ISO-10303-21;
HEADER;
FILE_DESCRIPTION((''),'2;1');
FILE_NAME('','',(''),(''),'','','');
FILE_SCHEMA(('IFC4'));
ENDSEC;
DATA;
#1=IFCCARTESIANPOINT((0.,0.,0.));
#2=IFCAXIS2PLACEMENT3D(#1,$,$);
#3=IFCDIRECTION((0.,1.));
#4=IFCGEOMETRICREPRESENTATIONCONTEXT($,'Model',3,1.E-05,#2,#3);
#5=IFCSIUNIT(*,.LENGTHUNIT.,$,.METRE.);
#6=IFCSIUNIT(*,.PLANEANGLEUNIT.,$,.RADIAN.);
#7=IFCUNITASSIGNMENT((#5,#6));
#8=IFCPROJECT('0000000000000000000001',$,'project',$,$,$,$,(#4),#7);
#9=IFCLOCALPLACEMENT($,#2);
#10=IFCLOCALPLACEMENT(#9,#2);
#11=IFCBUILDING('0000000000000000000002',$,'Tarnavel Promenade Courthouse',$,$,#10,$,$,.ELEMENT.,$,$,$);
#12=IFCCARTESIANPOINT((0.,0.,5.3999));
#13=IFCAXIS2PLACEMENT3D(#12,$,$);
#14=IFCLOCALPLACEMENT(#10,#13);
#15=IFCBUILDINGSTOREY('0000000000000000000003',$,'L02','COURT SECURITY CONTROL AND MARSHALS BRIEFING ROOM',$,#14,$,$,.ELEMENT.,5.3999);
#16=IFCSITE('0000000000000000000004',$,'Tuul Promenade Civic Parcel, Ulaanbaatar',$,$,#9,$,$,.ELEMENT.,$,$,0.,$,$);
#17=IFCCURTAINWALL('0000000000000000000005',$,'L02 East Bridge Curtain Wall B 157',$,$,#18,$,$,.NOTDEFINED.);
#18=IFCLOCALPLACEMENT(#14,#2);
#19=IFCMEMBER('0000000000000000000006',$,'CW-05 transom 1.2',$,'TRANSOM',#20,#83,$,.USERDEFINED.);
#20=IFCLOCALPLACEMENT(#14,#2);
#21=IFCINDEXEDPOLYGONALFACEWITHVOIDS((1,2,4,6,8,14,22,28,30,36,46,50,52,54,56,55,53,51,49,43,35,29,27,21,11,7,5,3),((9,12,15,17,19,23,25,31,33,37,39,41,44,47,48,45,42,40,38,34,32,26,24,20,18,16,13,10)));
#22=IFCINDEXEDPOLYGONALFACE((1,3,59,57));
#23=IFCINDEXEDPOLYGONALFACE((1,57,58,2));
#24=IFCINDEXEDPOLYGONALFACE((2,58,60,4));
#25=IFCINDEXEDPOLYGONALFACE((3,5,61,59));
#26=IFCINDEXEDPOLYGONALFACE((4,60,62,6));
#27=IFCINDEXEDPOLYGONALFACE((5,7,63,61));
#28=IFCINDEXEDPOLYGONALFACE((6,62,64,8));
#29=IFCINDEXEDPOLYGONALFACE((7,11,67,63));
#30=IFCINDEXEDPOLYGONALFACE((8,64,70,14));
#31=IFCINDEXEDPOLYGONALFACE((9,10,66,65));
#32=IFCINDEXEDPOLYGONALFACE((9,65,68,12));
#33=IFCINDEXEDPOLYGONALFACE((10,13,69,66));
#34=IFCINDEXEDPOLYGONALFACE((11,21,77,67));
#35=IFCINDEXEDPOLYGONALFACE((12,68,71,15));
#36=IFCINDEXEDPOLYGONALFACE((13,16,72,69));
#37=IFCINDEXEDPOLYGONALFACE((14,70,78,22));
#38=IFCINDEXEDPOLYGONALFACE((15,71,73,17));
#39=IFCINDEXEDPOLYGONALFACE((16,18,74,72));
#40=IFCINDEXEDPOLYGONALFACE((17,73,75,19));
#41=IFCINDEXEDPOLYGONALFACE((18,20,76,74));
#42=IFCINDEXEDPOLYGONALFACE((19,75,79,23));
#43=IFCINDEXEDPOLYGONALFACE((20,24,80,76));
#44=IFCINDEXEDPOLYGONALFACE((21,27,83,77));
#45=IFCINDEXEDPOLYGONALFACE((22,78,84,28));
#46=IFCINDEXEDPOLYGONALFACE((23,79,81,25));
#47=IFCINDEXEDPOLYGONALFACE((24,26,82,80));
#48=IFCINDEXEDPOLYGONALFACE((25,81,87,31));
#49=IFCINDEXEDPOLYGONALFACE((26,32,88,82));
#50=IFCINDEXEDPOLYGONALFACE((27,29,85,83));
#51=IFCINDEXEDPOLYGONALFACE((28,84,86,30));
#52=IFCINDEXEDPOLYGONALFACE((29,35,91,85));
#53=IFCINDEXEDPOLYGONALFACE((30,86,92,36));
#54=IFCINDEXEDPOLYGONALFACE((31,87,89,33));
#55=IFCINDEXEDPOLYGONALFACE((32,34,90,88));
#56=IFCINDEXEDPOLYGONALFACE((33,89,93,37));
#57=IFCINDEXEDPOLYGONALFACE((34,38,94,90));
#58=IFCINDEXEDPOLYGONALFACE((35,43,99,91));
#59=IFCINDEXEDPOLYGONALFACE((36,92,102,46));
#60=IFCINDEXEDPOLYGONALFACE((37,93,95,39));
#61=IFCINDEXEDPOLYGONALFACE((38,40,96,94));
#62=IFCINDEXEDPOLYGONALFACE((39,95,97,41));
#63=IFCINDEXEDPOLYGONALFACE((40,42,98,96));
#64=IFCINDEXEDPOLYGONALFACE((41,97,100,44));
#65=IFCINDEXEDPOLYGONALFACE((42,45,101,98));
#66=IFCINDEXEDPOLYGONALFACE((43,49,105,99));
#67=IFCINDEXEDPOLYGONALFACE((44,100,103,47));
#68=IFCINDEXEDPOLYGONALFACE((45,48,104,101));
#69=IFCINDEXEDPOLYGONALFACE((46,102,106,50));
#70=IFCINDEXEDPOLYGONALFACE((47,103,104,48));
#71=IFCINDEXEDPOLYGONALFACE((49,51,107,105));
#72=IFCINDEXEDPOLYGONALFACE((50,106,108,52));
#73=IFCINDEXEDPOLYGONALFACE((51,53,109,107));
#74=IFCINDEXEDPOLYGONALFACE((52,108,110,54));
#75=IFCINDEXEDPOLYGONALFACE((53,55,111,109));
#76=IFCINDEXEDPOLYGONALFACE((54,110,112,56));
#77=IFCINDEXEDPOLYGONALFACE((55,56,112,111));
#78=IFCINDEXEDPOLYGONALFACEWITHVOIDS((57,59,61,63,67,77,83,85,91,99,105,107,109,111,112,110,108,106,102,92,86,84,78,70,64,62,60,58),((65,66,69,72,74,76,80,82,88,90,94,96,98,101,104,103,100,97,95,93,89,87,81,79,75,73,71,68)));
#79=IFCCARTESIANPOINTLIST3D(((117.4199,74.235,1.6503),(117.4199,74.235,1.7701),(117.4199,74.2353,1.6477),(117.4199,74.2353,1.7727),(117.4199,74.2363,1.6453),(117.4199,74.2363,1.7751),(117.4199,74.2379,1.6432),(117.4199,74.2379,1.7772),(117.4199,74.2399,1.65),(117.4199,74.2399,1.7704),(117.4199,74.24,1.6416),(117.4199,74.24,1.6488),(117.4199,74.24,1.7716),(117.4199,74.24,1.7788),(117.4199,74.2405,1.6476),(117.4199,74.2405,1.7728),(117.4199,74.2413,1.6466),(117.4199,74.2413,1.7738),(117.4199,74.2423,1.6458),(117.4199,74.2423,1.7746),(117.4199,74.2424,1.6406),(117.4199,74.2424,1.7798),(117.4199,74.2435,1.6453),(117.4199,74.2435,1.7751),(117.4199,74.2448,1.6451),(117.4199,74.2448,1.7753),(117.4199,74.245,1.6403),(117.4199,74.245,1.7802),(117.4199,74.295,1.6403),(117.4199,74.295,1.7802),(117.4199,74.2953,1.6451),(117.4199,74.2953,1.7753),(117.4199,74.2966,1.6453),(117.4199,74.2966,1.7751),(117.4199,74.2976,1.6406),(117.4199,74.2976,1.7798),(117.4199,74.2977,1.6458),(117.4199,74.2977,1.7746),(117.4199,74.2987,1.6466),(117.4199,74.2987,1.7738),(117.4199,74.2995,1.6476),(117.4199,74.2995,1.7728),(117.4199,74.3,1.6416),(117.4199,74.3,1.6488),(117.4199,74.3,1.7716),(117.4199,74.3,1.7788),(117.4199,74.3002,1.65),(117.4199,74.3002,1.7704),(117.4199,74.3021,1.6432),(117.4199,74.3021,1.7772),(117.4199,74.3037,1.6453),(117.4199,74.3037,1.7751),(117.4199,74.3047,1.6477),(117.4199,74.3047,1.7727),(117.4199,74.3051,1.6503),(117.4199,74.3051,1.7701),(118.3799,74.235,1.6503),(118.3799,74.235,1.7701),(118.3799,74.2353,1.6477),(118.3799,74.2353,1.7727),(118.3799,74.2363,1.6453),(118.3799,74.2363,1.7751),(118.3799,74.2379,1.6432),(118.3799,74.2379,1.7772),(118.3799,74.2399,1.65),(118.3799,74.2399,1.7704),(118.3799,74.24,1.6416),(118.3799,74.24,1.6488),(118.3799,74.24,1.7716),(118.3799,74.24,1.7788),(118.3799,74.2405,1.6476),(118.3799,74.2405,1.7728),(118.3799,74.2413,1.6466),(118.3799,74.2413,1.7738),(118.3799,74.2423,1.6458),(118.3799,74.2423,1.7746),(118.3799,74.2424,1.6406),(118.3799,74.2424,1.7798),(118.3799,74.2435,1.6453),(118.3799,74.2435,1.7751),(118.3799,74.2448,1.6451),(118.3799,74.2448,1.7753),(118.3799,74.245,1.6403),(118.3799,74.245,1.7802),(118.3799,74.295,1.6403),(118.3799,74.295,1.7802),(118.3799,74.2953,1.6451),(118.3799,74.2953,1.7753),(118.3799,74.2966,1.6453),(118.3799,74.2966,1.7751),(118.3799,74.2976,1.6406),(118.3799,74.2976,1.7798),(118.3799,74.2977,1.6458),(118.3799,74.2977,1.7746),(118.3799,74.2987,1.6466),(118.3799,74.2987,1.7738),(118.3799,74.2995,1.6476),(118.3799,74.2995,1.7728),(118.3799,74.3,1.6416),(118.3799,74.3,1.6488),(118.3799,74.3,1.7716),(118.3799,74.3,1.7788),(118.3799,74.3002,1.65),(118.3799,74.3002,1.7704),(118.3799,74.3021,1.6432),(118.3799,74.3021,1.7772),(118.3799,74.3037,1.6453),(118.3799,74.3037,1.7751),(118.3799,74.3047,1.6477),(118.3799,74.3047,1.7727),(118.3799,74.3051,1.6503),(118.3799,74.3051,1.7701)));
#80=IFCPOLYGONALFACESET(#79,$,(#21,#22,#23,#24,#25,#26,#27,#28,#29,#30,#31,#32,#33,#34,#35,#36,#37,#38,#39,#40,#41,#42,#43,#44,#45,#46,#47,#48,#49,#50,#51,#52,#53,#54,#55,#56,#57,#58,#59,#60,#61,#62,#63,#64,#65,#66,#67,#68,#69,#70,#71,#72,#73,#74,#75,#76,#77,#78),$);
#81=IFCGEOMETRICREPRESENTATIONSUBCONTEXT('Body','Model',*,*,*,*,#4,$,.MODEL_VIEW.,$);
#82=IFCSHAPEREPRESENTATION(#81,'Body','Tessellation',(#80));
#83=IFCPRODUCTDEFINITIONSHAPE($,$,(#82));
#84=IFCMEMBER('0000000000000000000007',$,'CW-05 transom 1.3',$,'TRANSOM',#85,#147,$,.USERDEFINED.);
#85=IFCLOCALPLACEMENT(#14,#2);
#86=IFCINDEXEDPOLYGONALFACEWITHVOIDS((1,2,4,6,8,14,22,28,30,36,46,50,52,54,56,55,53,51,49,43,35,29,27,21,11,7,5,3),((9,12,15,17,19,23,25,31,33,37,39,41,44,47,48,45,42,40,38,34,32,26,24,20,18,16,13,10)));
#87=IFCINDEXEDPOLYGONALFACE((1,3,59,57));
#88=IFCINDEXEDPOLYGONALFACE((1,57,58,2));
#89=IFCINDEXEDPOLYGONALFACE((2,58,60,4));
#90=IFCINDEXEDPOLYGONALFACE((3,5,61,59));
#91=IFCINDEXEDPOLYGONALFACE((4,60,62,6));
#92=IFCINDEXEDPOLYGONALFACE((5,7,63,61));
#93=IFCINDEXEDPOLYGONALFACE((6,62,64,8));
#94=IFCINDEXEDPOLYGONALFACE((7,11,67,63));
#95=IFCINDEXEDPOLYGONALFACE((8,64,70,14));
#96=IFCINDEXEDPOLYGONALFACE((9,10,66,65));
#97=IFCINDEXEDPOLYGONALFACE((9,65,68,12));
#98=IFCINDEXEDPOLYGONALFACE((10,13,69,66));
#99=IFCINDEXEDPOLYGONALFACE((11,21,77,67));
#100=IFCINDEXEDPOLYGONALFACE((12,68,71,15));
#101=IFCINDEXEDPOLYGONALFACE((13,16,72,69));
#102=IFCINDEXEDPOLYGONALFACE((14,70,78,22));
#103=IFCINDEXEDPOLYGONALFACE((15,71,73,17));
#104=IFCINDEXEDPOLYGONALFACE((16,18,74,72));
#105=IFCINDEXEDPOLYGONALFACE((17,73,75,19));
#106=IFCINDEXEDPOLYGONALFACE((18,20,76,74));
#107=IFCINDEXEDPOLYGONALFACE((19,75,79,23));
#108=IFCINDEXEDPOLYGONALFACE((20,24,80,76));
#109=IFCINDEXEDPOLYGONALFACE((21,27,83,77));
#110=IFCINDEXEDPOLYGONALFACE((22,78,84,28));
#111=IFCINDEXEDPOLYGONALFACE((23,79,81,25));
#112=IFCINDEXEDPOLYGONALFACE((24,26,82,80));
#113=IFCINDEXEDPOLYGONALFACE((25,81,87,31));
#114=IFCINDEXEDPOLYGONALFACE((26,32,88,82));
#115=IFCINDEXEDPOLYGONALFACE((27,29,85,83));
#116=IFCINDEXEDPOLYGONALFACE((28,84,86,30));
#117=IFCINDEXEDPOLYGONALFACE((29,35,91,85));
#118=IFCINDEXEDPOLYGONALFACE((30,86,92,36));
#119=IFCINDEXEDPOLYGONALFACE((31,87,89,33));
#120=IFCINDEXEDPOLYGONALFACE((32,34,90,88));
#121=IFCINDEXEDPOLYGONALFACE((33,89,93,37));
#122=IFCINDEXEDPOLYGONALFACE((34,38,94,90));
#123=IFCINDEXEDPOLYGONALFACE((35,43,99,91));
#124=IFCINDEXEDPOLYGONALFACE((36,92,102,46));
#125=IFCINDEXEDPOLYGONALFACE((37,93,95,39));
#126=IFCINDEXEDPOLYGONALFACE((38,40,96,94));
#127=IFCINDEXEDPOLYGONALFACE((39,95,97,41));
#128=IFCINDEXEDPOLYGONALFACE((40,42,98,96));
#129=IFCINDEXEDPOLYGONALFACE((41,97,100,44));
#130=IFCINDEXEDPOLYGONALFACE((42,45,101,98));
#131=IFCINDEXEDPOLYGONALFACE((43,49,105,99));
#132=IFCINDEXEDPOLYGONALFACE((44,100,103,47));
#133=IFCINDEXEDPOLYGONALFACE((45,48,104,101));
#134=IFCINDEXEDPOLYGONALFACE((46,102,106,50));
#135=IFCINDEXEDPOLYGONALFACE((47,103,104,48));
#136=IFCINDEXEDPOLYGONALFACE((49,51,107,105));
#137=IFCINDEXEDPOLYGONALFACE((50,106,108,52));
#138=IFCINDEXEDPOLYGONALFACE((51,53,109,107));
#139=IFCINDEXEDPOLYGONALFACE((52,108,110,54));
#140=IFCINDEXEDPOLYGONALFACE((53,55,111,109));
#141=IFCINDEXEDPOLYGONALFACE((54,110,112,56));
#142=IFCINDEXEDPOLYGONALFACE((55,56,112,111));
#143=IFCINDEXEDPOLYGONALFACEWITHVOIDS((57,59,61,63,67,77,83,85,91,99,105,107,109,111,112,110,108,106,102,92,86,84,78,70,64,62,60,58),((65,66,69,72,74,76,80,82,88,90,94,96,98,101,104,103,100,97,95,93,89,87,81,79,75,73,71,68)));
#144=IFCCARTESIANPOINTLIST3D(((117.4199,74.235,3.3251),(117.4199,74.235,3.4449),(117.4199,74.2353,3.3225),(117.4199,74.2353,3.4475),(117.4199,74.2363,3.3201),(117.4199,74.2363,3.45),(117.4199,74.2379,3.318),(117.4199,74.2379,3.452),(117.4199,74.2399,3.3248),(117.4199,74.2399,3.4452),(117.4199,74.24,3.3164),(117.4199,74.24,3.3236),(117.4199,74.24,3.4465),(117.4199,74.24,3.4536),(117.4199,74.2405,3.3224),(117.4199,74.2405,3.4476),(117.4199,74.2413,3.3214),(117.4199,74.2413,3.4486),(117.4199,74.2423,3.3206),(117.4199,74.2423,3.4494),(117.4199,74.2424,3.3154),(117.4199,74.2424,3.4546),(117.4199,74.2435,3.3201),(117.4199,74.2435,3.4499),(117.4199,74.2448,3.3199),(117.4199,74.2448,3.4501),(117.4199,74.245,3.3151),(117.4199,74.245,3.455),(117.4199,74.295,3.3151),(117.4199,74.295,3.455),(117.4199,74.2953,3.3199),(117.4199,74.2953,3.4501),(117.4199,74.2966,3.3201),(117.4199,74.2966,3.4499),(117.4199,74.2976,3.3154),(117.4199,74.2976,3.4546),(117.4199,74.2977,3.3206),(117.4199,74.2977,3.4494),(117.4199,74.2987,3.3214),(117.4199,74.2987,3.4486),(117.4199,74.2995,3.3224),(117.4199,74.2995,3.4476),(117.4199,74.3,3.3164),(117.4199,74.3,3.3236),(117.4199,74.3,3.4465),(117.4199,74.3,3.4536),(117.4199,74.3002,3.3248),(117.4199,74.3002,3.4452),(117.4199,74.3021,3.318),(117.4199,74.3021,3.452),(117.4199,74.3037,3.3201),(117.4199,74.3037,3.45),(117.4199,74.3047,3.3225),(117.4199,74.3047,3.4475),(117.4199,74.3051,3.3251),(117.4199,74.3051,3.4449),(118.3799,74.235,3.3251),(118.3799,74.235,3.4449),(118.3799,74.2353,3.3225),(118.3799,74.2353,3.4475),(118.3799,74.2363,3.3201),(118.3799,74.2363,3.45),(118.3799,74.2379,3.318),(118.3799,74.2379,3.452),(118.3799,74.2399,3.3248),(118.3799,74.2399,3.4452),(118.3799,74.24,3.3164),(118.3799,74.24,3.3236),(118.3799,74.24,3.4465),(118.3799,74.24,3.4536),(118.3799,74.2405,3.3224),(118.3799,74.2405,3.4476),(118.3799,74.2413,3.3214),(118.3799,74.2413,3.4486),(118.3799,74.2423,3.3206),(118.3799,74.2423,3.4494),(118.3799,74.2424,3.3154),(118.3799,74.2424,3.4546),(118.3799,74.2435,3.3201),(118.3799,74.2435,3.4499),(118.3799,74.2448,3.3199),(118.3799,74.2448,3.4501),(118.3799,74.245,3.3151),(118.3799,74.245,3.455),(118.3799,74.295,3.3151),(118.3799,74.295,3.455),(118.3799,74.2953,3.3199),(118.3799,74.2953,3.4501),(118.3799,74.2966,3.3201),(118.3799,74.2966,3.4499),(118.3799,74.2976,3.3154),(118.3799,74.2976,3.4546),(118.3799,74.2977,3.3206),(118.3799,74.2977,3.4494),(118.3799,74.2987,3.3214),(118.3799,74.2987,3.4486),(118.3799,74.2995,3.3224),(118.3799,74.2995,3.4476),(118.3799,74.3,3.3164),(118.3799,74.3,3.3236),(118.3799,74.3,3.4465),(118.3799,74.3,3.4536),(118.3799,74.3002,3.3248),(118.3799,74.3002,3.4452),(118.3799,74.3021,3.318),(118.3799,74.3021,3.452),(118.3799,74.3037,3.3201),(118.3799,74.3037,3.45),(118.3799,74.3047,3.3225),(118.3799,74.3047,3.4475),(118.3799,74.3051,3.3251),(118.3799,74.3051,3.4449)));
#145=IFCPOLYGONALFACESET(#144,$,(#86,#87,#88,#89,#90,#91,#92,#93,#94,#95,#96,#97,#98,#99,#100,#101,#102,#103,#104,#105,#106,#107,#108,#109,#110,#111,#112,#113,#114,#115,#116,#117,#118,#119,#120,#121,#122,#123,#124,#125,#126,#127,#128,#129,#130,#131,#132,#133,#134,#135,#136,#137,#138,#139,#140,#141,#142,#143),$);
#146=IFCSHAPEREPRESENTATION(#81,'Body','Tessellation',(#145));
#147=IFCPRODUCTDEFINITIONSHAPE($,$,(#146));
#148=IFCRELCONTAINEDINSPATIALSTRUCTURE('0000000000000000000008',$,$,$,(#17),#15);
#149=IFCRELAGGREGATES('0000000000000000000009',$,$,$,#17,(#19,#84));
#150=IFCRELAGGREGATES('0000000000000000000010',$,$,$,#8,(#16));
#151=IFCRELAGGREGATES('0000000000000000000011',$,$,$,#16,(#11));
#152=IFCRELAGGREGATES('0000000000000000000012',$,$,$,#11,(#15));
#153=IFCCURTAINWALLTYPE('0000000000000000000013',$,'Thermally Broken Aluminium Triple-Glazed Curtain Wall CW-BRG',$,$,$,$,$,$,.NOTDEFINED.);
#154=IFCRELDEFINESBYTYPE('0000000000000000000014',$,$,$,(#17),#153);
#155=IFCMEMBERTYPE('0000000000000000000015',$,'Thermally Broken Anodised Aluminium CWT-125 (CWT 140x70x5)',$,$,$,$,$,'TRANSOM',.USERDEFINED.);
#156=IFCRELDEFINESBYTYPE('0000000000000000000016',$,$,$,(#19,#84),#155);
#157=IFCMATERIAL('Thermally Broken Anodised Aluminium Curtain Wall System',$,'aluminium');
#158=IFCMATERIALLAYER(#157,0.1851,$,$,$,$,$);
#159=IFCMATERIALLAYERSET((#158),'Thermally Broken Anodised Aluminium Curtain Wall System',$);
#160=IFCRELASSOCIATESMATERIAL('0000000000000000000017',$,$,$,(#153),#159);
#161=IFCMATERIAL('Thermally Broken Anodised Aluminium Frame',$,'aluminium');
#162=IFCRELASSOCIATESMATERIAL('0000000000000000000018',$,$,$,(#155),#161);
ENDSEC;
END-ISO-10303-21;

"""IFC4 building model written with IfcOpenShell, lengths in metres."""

from ifc_helpers import new_model, si_unit, direction, frame, origin, origin_2d, place, context, subcontext, project, spatial, hollow_rectangle, extrude, material, layer, layer_set, material_profile, profile_set, type_object, element, aggregate, save


model = new_model("IFC4")

# Units and contexts
model_context = context("Model", 3, precision=1e-05, world=origin(), true_north=direction((0.0, 1.0)))
body_context = subcontext(model_context, "Body", "Model", "MODEL_VIEW")
ifc_project = project(units=[si_unit("LENGTHUNIT", "METRE"), si_unit("PLANEANGLEUNIT", "RADIAN")], contexts=[model_context])

# Site, building, storey
site_placement = place(None, origin())
site = spatial("IfcSite", under=ifc_project, at=site_placement, Name="Tuul Promenade Civic Parcel, Ulaanbaatar", CompositionType="ELEMENT", RefElevation=0.0)
building_placement = place(site_placement, origin())
building = spatial("IfcBuilding", under=site, at=building_placement, Name="Tarnavel Promenade Courthouse", CompositionType="ELEMENT")
storey_placement = place(building_placement, frame((0.0, 0.0, 5.3999)))
storey = spatial("IfcBuildingStorey", under=building, at=storey_placement, Name="L02", Description="COURT SECURITY CONTROL AND MARSHALS BRIEFING ROOM", CompositionType="ELEMENT", Elevation=5.3999)

# Shared definitions
ifc_material_1 = material(Name="Thermally Broken Anodised Aluminium Curtain Wall System", Category="aluminium")
ifc_layer_1 = layer(ifc_material_1, 0.1851)
ifc_layer_set_1 = layer_set([ifc_layer_1], Name="Thermally Broken Anodised Aluminium Curtain Wall System")
curtain_wall_type = type_object("IfcCurtainWallType", Name="Thermally Broken Aluminium Triple-Glazed Curtain Wall CW-BRG", PredefinedType="NOTDEFINED", material=ifc_layer_set_1)
ifc_material_2 = material(Name="Thermally Broken Anodised Aluminium Frame", Category="aluminium")

# Curtain wall, members
curtain_wall_1_placement = place(storey_placement, origin())
curtain_wall_1 = element("IfcCurtainWall", 1, at=curtain_wall_1_placement, inside=storey, type_object=curtain_wall_type, Name="L02 East Bridge Curtain Wall B 157", PredefinedType="NOTDEFINED")
ifc_material_profile_1 = material_profile(ifc_material_2, hollow_rectangle(XDim=0.0701, YDim=0.1399, WallThickness=0.0049, InnerFilletRadius=0.0049, OuterFilletRadius=0.01, at=origin_2d()), Name="CWT 140x70x5")
ifc_profile_set_1 = profile_set([ifc_material_profile_1], Name="Thermally Broken Anodised Aluminium Frame")
member_type_1 = type_object("IfcMemberType", Name="Thermally Broken Anodised Aluminium CWT-125 (CWT 140x70x5)", ElementType="TRANSOM", PredefinedType="USERDEFINED", material=ifc_profile_set_1)
member_1_placement = place(storey_placement, frame((117.4199, 74.27, 1.7102), z_axis=(1.0, 0.0, 0.0), x_axis=(0.0, 1.0, 0.0)))
member_1 = element("IfcMember", 2, at=member_1_placement, type_object=member_type_1, Name="CW-05 transom 1.2", ObjectType="TRANSOM", PredefinedType="USERDEFINED", context=body_context, shape_type="SweptSolid", body=[
    extrude(hollow_rectangle(XDim=0.0701, YDim=0.1399, WallThickness=0.0049, InnerFilletRadius=0.0049, OuterFilletRadius=0.01, at=origin_2d()), origin(), (0.0, 0.0, 1.0), 0.96),
])
member_2_placement = place(storey_placement, frame((117.4199, 74.27, 3.385), z_axis=(1.0, 0.0, 0.0), x_axis=(0.0, 1.0, 0.0)))
member_2 = element("IfcMember", 3, at=member_2_placement, type_object=member_type_1, Name="CW-05 transom 1.3", ObjectType="TRANSOM", PredefinedType="USERDEFINED", context=body_context, shape_type="SweptSolid", body=[
    extrude(hollow_rectangle(XDim=0.0701, YDim=0.1399, WallThickness=0.0049, InnerFilletRadius=0.0049, OuterFilletRadius=0.01, at=origin_2d()), origin(), (0.0, 0.0, 1.0), 0.96),
])

aggregate(curtain_wall_1, [member_1, member_2])

save(model, "model.ifc")
